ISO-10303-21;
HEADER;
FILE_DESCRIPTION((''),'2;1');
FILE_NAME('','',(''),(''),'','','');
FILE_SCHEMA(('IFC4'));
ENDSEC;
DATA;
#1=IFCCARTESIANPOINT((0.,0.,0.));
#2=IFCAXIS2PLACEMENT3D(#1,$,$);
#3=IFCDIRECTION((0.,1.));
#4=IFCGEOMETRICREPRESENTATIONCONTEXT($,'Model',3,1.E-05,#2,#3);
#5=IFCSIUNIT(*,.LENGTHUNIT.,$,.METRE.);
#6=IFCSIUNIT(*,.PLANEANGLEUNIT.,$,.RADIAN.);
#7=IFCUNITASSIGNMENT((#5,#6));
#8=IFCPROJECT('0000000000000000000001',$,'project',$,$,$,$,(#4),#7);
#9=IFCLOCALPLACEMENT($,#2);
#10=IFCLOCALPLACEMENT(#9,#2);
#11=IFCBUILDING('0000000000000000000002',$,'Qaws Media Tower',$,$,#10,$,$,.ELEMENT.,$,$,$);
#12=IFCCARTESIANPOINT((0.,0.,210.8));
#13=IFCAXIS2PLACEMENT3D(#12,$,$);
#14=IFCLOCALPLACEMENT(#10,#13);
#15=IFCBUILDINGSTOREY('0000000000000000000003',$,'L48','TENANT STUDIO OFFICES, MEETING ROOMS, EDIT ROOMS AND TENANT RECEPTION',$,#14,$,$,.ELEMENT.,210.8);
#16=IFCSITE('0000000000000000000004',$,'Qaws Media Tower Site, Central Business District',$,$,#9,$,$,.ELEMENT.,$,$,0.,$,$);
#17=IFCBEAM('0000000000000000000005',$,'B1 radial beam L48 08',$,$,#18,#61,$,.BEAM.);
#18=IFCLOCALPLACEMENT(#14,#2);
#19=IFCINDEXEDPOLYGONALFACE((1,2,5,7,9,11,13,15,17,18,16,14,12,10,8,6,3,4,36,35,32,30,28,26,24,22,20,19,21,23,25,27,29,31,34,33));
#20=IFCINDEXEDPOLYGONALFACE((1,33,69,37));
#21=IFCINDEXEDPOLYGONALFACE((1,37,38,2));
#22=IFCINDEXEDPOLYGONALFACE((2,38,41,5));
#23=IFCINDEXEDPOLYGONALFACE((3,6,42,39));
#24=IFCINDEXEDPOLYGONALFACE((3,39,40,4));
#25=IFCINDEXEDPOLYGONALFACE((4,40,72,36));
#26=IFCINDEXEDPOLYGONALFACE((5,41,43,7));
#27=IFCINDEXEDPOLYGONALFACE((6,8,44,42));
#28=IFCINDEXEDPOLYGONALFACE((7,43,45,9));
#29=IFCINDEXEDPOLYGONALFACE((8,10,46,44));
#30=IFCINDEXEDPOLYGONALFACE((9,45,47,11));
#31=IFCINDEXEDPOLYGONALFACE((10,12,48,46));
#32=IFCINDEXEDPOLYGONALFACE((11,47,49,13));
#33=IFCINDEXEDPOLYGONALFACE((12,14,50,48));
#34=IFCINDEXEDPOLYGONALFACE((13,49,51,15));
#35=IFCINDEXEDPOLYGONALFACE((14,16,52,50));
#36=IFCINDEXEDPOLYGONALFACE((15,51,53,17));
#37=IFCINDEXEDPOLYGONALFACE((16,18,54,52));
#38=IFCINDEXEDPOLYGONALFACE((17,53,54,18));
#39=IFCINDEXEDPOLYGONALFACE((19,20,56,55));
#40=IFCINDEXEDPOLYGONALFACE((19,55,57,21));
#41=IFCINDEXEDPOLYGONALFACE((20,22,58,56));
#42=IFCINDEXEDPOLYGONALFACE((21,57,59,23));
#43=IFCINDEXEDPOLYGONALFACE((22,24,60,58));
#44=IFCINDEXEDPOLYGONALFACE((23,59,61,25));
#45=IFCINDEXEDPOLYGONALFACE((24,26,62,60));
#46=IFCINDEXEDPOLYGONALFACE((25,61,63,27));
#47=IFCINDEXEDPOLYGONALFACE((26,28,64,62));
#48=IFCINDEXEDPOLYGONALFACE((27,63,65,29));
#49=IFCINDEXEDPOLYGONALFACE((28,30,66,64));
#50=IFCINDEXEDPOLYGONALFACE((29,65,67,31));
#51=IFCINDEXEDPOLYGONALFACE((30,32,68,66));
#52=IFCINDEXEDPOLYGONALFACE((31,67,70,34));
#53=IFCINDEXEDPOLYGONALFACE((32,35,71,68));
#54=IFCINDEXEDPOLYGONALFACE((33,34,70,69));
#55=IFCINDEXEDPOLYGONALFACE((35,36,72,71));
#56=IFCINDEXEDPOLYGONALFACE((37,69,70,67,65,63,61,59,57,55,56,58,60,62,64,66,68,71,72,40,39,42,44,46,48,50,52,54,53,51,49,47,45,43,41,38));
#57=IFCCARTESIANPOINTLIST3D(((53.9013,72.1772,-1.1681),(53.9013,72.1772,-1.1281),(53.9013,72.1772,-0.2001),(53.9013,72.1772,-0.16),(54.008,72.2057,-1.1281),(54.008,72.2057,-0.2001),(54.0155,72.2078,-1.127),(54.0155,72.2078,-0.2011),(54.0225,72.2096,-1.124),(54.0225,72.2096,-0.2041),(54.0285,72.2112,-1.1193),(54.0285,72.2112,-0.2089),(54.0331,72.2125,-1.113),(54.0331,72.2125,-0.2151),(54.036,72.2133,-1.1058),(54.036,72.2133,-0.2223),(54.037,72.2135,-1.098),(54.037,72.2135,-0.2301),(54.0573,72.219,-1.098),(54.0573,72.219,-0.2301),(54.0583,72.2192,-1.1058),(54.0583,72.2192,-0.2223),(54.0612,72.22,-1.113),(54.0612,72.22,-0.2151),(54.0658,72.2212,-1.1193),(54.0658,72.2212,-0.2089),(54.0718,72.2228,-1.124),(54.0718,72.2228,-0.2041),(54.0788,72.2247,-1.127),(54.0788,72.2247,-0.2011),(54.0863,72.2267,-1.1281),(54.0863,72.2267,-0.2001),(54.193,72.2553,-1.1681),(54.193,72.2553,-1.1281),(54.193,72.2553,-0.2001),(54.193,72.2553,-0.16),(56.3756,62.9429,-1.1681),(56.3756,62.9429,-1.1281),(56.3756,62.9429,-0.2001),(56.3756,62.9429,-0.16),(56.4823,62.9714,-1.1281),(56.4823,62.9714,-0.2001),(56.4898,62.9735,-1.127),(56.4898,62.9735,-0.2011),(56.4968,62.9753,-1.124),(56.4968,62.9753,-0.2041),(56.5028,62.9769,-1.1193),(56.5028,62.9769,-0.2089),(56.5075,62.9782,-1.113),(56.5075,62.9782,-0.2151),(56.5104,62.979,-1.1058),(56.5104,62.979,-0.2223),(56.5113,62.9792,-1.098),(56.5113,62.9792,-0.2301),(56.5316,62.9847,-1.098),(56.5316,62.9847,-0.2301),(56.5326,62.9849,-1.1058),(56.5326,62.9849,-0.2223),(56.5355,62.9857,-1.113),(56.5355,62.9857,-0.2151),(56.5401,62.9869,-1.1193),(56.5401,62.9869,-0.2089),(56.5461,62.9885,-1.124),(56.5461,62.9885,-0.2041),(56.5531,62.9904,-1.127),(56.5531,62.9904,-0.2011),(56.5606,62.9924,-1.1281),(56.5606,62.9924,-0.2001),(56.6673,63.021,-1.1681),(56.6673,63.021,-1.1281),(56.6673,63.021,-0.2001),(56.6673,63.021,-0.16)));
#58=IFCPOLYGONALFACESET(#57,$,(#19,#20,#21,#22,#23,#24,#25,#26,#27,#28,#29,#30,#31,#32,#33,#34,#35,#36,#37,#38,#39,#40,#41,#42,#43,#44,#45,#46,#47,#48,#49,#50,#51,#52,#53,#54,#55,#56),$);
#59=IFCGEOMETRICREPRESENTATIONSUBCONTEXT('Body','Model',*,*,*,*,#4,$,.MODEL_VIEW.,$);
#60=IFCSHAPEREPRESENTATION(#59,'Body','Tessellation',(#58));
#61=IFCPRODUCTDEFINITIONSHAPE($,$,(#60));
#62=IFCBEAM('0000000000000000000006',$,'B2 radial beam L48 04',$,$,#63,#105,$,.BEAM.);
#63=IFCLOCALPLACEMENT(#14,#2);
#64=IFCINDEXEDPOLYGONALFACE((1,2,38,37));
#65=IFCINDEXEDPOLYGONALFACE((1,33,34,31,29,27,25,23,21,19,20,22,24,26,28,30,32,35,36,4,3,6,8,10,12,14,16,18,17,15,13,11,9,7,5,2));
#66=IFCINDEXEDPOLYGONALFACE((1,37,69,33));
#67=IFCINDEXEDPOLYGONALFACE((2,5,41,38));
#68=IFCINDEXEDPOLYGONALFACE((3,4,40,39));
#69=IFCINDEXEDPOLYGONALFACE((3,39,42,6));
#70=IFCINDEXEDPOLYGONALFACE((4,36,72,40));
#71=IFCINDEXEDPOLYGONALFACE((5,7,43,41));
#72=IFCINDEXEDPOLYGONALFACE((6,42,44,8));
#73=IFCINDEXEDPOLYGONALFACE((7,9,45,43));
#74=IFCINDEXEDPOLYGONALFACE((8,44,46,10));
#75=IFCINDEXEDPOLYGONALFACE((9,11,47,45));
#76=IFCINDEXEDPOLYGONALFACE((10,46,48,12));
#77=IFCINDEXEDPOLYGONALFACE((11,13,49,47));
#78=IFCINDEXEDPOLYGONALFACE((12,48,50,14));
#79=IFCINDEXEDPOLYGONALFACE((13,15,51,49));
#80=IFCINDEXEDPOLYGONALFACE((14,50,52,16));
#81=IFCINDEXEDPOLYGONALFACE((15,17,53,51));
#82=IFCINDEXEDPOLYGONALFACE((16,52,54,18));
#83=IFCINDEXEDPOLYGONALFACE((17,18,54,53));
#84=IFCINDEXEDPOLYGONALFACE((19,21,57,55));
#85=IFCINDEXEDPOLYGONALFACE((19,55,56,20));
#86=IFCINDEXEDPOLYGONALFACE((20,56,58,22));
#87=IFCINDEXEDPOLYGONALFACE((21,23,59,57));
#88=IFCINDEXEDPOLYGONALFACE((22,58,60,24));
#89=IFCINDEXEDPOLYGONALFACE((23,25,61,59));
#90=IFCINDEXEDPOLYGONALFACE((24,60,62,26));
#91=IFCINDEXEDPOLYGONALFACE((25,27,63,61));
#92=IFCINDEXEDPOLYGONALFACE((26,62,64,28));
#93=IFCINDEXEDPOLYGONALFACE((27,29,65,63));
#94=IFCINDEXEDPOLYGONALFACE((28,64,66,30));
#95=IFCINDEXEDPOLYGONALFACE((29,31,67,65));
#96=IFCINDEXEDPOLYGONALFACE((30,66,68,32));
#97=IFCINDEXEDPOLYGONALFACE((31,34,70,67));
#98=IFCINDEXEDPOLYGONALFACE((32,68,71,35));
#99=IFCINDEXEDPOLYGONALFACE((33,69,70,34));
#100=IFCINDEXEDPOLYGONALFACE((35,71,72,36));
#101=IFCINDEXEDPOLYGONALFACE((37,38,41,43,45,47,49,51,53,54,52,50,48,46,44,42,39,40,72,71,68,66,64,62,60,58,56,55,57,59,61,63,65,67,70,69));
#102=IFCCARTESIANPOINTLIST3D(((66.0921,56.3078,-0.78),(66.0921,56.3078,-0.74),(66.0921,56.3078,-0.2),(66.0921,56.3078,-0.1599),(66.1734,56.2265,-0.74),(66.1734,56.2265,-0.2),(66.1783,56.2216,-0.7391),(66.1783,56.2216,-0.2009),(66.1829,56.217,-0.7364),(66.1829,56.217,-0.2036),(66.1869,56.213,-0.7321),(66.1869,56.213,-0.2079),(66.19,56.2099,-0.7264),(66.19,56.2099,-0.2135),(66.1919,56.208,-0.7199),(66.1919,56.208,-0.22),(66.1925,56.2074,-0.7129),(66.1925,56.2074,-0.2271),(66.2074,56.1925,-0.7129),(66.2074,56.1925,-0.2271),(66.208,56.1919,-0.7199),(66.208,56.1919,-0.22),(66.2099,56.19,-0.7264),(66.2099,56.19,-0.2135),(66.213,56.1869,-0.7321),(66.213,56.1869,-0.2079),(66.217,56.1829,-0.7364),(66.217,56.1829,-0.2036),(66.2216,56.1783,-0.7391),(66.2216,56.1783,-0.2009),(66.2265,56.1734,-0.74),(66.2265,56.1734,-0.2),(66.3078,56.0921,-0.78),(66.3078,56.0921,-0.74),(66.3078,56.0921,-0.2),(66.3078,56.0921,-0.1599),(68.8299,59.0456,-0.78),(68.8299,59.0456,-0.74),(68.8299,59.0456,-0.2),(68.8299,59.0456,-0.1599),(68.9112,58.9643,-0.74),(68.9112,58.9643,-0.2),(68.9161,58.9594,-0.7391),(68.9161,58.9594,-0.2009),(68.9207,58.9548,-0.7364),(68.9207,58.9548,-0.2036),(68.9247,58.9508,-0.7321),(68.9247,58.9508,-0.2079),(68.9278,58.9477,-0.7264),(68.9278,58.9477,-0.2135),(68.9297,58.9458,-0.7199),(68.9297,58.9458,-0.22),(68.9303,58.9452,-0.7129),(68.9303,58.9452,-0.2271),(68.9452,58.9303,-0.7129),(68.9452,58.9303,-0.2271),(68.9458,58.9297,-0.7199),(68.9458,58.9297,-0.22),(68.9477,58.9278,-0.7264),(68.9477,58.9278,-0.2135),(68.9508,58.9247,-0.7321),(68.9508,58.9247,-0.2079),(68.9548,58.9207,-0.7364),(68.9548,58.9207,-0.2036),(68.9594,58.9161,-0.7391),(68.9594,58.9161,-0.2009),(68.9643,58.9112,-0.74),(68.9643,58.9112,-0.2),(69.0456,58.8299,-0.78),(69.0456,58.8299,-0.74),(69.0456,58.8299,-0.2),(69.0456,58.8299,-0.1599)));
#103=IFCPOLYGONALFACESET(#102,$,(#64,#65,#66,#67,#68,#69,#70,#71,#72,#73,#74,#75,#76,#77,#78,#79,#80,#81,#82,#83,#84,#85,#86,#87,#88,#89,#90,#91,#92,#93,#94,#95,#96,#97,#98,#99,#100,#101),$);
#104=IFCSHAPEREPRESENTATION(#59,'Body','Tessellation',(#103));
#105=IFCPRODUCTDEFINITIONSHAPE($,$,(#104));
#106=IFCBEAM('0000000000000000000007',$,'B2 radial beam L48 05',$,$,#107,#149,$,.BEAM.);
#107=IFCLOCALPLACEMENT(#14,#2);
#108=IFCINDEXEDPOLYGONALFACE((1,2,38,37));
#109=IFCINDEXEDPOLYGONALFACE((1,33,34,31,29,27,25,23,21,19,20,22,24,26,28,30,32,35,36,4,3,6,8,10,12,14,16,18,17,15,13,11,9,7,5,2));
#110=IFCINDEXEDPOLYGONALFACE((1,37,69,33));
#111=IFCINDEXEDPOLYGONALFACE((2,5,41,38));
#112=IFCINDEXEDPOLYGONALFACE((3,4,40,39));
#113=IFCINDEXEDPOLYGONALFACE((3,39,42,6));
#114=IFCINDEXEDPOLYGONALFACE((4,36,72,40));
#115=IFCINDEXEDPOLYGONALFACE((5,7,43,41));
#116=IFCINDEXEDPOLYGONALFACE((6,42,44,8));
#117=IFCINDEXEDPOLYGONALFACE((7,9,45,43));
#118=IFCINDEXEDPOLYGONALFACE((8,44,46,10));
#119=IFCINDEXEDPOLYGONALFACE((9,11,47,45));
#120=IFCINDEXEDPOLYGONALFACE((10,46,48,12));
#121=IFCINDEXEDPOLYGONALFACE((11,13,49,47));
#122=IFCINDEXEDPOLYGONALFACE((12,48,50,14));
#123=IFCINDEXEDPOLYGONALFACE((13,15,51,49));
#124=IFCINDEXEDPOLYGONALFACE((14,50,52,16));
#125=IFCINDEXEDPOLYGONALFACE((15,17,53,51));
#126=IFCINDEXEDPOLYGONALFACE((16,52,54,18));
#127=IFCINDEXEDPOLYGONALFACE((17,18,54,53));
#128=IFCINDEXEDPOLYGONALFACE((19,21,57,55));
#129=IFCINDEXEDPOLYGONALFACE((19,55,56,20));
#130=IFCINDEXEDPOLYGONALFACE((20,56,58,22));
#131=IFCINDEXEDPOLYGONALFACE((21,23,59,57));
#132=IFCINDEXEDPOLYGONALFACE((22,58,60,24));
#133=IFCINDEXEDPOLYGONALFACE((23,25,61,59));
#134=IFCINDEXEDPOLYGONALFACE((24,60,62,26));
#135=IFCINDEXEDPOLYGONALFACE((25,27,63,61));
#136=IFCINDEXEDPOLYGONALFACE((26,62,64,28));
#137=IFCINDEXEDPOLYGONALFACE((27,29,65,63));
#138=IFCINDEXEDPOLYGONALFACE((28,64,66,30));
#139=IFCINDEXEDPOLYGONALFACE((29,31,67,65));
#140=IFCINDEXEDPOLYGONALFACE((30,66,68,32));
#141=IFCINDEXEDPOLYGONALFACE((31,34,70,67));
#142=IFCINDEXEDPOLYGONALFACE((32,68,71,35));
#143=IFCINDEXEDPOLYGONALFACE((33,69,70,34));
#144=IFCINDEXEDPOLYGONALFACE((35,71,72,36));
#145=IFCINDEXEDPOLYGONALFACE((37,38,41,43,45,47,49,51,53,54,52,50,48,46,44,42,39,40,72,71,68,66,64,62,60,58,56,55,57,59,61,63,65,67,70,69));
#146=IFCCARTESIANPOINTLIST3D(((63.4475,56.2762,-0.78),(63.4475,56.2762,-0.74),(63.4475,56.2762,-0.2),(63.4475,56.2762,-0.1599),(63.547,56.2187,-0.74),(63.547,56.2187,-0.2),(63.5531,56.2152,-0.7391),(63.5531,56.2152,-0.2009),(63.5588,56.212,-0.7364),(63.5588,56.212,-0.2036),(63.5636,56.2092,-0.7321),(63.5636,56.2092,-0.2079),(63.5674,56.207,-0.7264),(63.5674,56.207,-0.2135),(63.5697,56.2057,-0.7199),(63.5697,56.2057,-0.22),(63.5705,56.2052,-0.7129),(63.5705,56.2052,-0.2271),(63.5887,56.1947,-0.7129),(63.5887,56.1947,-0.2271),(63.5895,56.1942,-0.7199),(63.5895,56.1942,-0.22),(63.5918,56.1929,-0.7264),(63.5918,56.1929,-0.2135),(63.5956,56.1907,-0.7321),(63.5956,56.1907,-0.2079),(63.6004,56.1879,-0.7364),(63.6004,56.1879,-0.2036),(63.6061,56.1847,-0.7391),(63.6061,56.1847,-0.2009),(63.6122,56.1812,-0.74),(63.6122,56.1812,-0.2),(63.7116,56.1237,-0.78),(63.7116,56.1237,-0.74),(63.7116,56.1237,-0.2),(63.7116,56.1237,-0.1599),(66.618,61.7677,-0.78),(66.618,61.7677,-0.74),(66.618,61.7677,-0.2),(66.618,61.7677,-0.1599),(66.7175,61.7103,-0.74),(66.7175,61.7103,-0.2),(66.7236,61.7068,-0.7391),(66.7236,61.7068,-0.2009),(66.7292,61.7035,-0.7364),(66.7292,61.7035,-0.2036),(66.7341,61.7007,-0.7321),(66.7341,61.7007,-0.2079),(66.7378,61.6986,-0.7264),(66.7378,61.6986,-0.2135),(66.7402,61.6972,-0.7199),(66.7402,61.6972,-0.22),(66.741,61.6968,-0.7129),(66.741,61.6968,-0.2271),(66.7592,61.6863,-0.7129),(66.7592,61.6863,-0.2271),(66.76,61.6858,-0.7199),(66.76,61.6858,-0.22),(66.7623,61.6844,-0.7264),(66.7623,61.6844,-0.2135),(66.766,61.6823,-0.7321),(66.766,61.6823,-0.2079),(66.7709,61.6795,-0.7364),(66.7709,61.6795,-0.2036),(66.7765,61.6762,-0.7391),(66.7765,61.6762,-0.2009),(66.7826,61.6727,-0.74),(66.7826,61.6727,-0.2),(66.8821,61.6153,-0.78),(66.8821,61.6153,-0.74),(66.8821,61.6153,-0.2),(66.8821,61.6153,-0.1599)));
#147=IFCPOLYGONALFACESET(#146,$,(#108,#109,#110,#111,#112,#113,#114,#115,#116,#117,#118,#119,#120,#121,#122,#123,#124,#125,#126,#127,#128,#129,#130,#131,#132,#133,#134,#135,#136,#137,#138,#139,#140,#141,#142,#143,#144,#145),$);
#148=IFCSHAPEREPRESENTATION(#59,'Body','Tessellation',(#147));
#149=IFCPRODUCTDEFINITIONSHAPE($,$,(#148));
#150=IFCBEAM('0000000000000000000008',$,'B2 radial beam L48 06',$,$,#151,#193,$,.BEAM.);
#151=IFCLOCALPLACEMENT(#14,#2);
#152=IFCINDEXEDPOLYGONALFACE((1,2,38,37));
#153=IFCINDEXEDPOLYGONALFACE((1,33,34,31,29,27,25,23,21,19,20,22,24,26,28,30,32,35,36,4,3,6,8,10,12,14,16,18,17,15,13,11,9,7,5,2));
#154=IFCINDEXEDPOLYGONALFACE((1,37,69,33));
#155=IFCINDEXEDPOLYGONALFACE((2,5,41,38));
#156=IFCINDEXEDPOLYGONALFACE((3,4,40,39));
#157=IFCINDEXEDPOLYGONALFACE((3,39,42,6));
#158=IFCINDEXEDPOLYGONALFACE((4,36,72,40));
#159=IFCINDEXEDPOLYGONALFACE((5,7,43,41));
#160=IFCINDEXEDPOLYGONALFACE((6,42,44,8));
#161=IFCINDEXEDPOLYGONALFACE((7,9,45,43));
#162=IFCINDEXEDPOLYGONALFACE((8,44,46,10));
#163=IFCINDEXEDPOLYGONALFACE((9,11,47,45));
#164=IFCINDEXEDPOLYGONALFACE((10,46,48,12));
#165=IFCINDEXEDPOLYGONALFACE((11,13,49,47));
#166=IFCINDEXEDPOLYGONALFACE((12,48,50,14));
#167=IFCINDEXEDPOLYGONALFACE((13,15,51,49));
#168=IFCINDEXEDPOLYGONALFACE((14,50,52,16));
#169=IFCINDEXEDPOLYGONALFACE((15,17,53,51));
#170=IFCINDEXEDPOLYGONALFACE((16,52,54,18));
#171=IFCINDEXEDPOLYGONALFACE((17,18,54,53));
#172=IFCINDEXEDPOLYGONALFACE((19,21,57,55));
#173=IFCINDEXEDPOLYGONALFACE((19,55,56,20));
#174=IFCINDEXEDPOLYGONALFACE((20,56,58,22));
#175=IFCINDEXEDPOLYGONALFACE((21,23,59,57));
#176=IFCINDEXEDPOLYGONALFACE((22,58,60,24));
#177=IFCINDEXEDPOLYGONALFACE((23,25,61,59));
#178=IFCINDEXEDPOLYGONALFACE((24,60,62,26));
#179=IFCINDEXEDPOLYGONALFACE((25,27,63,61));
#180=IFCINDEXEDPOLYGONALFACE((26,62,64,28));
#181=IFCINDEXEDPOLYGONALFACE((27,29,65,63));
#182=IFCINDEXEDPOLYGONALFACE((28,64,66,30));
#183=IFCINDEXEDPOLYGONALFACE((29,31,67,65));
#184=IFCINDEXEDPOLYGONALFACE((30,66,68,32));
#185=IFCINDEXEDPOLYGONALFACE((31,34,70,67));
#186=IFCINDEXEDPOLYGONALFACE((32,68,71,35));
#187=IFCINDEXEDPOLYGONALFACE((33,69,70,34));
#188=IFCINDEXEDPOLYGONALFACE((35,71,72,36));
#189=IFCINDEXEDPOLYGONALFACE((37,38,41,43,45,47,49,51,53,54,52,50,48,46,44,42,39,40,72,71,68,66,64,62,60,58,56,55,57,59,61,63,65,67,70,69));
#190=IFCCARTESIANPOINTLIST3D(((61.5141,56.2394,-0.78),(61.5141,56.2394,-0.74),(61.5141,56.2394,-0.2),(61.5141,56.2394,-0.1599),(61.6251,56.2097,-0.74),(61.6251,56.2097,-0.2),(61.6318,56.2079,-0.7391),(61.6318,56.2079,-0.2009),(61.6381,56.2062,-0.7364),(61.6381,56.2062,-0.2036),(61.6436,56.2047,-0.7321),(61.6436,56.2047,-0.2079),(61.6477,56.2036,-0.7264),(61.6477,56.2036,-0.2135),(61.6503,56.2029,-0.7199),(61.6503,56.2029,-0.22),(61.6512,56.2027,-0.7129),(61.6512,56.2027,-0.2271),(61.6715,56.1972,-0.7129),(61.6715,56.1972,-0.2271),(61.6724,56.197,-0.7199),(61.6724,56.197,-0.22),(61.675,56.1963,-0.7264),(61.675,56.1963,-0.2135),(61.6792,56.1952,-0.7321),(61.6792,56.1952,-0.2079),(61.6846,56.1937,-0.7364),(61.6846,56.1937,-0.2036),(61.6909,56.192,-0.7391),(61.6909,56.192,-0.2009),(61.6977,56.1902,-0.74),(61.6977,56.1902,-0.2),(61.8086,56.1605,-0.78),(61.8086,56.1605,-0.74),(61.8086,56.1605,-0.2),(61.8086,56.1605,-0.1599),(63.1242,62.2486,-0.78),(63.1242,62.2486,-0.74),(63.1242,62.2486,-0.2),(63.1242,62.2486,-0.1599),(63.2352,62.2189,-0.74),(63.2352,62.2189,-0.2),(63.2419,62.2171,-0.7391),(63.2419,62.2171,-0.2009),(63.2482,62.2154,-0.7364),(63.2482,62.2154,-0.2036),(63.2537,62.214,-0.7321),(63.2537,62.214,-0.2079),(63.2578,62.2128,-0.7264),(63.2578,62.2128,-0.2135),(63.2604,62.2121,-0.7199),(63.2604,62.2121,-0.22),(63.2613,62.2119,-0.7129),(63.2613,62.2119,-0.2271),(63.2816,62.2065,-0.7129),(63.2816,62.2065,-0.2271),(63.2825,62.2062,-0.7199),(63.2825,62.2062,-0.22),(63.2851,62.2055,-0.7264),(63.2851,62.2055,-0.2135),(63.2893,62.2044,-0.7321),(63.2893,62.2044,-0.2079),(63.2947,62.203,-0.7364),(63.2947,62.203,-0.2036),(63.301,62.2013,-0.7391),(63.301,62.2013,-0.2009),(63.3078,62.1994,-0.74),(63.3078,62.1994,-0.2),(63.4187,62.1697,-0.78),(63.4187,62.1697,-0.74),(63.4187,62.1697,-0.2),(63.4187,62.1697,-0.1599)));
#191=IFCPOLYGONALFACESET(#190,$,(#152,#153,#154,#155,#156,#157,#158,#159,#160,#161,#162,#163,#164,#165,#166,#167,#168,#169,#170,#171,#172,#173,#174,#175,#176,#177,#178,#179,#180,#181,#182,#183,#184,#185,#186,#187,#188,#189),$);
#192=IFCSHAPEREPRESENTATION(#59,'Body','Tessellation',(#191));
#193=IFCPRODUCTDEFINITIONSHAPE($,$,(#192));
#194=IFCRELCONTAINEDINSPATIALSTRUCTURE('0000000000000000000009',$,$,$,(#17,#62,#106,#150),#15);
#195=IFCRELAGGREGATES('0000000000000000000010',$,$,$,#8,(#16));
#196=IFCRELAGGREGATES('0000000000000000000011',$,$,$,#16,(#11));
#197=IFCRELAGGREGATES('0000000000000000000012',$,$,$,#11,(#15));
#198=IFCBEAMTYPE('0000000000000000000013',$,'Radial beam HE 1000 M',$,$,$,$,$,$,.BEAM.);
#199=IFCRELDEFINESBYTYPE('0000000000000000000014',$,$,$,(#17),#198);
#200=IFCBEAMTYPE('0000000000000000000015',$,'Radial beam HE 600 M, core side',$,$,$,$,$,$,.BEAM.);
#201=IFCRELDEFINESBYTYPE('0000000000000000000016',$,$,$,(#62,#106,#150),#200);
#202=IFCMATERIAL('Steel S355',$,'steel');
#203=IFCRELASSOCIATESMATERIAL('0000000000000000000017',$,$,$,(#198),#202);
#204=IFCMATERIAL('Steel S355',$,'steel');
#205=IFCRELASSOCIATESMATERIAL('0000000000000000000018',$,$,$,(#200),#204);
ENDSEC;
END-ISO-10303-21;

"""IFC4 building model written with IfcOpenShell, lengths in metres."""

from ifc_helpers import new_model, si_unit, direction, frame, origin, origin_2d, place, context, subcontext, project, spatial, i_section, extrude, material, material_profile, profile_set, type_object, element, save


model = new_model("IFC4")

# Units and contexts
model_context = context("Model", 3, precision=1e-05, world=origin(), true_north=direction((0.0, 1.0)))
body_context = subcontext(model_context, "Body", "Model", "MODEL_VIEW")
ifc_project = project(units=[si_unit("LENGTHUNIT", "METRE"), si_unit("PLANEANGLEUNIT", "RADIAN")], contexts=[model_context])

# Site, building, storey
site_placement = place(None, origin())
site = spatial("IfcSite", under=ifc_project, at=site_placement, Name="Qaws Media Tower Site, Central Business District", CompositionType="ELEMENT", RefElevation=0.0)
building_placement = place(site_placement, origin())
building = spatial("IfcBuilding", under=site, at=building_placement, Name="Qaws Media Tower", CompositionType="ELEMENT")
storey_placement = place(building_placement, frame((0.0, 0.0, 210.8)))
storey = spatial("IfcBuildingStorey", under=building, at=storey_placement, Name="L48", Description="TENANT STUDIO OFFICES, MEETING ROOMS, EDIT ROOMS AND TENANT RECEPTION", CompositionType="ELEMENT", Elevation=210.8)

# Beams
ifc_material_1 = material(Name="Steel S355", Category="steel")
ifc_material_profile_1 = material_profile(ifc_material_1, i_section(OverallWidth=0.302, OverallDepth=1.0081, WebThickness=0.021, FlangeThickness=0.04, FilletRadius=0.03, at=origin_2d()), Name="HE 1000 M")
ifc_profile_set_1 = profile_set([ifc_material_profile_1], Name="Steel S355")
beam_type_1 = type_object("IfcBeamType", Name="Radial beam HE 1000 M", PredefinedType="BEAM", material=ifc_profile_set_1)
beam_1_placement = place(storey_placement, frame((56.5215, 62.9819, -0.6641), z_axis=(-0.258821, 0.965925, 0.0), x_axis=(-0.965925, -0.258821, 0.0)))
element("IfcBeam", 1, at=beam_1_placement, inside=storey, type_object=beam_type_1, Name="B1 radial beam L48 08", PredefinedType="BEAM", context=body_context, shape_type="SweptSolid", body=[
    extrude(i_section(OverallWidth=0.302, OverallDepth=1.0081, WebThickness=0.021, FlangeThickness=0.04, FilletRadius=0.03, at=origin_2d()), origin(), (0.0, 0.0, 1.0), 9.5601),
])
ifc_material_2 = material(Name="Steel S355", Category="steel")
ifc_material_profile_2 = material_profile(ifc_material_2, i_section(OverallWidth=0.3049, OverallDepth=0.6201, WebThickness=0.021, FlangeThickness=0.04, FilletRadius=0.0271, at=origin_2d()), Name="HE 600 M")
ifc_profile_set_2 = profile_set([ifc_material_profile_2], Name="Steel S355")
beam_type_2 = type_object("IfcBeamType", Name="Radial beam HE 600 M, core side", PredefinedType="BEAM", material=ifc_profile_set_2)
beam_2_placement = place(storey_placement, frame((66.2, 56.2, -0.47), z_axis=(0.707107, 0.707107, 0.0), x_axis=(-0.707107, 0.707107, 0.0)))
element("IfcBeam", 2, at=beam_2_placement, inside=storey, type_object=beam_type_2, Name="B2 radial beam L48 04", PredefinedType="BEAM", context=body_context, shape_type="SweptSolid", body=[
    extrude(i_section(OverallWidth=0.3049, OverallDepth=0.6201, WebThickness=0.021, FlangeThickness=0.04, FilletRadius=0.0271, at=origin_2d()), origin(), (0.0, 0.0, 1.0), 3.8718),
])
beam_3_placement = place(storey_placement, frame((63.5796, 56.2, -0.47), z_axis=(0.49999, 0.866031, 0.0), x_axis=(-0.866031, 0.49999, 0.0)))
element("IfcBeam", 3, at=beam_3_placement, inside=storey, type_object=beam_type_2, Name="B2 radial beam L48 05", PredefinedType="BEAM", context=body_context, shape_type="SweptSolid", body=[
    extrude(i_section(OverallWidth=0.3049, OverallDepth=0.6201, WebThickness=0.021, FlangeThickness=0.04, FilletRadius=0.0271, at=origin_2d()), origin(), (0.0, 0.0, 1.0), 6.3411),
])
beam_4_placement = place(storey_placement, frame((61.6614, 56.2, -0.47), z_axis=(0.258808, 0.965929, 0.0), x_axis=(-0.965929, 0.258808, 0.0)))
element("IfcBeam", 4, at=beam_4_placement, inside=storey, type_object=beam_type_2, Name="B2 radial beam L48 06", PredefinedType="BEAM", context=body_context, shape_type="SweptSolid", body=[
    extrude(i_section(OverallWidth=0.3049, OverallDepth=0.6201, WebThickness=0.021, FlangeThickness=0.04, FilletRadius=0.0271, at=origin_2d()), origin(), (0.0, 0.0, 1.0), 6.2212),
])

save(model, "model.ifc")
